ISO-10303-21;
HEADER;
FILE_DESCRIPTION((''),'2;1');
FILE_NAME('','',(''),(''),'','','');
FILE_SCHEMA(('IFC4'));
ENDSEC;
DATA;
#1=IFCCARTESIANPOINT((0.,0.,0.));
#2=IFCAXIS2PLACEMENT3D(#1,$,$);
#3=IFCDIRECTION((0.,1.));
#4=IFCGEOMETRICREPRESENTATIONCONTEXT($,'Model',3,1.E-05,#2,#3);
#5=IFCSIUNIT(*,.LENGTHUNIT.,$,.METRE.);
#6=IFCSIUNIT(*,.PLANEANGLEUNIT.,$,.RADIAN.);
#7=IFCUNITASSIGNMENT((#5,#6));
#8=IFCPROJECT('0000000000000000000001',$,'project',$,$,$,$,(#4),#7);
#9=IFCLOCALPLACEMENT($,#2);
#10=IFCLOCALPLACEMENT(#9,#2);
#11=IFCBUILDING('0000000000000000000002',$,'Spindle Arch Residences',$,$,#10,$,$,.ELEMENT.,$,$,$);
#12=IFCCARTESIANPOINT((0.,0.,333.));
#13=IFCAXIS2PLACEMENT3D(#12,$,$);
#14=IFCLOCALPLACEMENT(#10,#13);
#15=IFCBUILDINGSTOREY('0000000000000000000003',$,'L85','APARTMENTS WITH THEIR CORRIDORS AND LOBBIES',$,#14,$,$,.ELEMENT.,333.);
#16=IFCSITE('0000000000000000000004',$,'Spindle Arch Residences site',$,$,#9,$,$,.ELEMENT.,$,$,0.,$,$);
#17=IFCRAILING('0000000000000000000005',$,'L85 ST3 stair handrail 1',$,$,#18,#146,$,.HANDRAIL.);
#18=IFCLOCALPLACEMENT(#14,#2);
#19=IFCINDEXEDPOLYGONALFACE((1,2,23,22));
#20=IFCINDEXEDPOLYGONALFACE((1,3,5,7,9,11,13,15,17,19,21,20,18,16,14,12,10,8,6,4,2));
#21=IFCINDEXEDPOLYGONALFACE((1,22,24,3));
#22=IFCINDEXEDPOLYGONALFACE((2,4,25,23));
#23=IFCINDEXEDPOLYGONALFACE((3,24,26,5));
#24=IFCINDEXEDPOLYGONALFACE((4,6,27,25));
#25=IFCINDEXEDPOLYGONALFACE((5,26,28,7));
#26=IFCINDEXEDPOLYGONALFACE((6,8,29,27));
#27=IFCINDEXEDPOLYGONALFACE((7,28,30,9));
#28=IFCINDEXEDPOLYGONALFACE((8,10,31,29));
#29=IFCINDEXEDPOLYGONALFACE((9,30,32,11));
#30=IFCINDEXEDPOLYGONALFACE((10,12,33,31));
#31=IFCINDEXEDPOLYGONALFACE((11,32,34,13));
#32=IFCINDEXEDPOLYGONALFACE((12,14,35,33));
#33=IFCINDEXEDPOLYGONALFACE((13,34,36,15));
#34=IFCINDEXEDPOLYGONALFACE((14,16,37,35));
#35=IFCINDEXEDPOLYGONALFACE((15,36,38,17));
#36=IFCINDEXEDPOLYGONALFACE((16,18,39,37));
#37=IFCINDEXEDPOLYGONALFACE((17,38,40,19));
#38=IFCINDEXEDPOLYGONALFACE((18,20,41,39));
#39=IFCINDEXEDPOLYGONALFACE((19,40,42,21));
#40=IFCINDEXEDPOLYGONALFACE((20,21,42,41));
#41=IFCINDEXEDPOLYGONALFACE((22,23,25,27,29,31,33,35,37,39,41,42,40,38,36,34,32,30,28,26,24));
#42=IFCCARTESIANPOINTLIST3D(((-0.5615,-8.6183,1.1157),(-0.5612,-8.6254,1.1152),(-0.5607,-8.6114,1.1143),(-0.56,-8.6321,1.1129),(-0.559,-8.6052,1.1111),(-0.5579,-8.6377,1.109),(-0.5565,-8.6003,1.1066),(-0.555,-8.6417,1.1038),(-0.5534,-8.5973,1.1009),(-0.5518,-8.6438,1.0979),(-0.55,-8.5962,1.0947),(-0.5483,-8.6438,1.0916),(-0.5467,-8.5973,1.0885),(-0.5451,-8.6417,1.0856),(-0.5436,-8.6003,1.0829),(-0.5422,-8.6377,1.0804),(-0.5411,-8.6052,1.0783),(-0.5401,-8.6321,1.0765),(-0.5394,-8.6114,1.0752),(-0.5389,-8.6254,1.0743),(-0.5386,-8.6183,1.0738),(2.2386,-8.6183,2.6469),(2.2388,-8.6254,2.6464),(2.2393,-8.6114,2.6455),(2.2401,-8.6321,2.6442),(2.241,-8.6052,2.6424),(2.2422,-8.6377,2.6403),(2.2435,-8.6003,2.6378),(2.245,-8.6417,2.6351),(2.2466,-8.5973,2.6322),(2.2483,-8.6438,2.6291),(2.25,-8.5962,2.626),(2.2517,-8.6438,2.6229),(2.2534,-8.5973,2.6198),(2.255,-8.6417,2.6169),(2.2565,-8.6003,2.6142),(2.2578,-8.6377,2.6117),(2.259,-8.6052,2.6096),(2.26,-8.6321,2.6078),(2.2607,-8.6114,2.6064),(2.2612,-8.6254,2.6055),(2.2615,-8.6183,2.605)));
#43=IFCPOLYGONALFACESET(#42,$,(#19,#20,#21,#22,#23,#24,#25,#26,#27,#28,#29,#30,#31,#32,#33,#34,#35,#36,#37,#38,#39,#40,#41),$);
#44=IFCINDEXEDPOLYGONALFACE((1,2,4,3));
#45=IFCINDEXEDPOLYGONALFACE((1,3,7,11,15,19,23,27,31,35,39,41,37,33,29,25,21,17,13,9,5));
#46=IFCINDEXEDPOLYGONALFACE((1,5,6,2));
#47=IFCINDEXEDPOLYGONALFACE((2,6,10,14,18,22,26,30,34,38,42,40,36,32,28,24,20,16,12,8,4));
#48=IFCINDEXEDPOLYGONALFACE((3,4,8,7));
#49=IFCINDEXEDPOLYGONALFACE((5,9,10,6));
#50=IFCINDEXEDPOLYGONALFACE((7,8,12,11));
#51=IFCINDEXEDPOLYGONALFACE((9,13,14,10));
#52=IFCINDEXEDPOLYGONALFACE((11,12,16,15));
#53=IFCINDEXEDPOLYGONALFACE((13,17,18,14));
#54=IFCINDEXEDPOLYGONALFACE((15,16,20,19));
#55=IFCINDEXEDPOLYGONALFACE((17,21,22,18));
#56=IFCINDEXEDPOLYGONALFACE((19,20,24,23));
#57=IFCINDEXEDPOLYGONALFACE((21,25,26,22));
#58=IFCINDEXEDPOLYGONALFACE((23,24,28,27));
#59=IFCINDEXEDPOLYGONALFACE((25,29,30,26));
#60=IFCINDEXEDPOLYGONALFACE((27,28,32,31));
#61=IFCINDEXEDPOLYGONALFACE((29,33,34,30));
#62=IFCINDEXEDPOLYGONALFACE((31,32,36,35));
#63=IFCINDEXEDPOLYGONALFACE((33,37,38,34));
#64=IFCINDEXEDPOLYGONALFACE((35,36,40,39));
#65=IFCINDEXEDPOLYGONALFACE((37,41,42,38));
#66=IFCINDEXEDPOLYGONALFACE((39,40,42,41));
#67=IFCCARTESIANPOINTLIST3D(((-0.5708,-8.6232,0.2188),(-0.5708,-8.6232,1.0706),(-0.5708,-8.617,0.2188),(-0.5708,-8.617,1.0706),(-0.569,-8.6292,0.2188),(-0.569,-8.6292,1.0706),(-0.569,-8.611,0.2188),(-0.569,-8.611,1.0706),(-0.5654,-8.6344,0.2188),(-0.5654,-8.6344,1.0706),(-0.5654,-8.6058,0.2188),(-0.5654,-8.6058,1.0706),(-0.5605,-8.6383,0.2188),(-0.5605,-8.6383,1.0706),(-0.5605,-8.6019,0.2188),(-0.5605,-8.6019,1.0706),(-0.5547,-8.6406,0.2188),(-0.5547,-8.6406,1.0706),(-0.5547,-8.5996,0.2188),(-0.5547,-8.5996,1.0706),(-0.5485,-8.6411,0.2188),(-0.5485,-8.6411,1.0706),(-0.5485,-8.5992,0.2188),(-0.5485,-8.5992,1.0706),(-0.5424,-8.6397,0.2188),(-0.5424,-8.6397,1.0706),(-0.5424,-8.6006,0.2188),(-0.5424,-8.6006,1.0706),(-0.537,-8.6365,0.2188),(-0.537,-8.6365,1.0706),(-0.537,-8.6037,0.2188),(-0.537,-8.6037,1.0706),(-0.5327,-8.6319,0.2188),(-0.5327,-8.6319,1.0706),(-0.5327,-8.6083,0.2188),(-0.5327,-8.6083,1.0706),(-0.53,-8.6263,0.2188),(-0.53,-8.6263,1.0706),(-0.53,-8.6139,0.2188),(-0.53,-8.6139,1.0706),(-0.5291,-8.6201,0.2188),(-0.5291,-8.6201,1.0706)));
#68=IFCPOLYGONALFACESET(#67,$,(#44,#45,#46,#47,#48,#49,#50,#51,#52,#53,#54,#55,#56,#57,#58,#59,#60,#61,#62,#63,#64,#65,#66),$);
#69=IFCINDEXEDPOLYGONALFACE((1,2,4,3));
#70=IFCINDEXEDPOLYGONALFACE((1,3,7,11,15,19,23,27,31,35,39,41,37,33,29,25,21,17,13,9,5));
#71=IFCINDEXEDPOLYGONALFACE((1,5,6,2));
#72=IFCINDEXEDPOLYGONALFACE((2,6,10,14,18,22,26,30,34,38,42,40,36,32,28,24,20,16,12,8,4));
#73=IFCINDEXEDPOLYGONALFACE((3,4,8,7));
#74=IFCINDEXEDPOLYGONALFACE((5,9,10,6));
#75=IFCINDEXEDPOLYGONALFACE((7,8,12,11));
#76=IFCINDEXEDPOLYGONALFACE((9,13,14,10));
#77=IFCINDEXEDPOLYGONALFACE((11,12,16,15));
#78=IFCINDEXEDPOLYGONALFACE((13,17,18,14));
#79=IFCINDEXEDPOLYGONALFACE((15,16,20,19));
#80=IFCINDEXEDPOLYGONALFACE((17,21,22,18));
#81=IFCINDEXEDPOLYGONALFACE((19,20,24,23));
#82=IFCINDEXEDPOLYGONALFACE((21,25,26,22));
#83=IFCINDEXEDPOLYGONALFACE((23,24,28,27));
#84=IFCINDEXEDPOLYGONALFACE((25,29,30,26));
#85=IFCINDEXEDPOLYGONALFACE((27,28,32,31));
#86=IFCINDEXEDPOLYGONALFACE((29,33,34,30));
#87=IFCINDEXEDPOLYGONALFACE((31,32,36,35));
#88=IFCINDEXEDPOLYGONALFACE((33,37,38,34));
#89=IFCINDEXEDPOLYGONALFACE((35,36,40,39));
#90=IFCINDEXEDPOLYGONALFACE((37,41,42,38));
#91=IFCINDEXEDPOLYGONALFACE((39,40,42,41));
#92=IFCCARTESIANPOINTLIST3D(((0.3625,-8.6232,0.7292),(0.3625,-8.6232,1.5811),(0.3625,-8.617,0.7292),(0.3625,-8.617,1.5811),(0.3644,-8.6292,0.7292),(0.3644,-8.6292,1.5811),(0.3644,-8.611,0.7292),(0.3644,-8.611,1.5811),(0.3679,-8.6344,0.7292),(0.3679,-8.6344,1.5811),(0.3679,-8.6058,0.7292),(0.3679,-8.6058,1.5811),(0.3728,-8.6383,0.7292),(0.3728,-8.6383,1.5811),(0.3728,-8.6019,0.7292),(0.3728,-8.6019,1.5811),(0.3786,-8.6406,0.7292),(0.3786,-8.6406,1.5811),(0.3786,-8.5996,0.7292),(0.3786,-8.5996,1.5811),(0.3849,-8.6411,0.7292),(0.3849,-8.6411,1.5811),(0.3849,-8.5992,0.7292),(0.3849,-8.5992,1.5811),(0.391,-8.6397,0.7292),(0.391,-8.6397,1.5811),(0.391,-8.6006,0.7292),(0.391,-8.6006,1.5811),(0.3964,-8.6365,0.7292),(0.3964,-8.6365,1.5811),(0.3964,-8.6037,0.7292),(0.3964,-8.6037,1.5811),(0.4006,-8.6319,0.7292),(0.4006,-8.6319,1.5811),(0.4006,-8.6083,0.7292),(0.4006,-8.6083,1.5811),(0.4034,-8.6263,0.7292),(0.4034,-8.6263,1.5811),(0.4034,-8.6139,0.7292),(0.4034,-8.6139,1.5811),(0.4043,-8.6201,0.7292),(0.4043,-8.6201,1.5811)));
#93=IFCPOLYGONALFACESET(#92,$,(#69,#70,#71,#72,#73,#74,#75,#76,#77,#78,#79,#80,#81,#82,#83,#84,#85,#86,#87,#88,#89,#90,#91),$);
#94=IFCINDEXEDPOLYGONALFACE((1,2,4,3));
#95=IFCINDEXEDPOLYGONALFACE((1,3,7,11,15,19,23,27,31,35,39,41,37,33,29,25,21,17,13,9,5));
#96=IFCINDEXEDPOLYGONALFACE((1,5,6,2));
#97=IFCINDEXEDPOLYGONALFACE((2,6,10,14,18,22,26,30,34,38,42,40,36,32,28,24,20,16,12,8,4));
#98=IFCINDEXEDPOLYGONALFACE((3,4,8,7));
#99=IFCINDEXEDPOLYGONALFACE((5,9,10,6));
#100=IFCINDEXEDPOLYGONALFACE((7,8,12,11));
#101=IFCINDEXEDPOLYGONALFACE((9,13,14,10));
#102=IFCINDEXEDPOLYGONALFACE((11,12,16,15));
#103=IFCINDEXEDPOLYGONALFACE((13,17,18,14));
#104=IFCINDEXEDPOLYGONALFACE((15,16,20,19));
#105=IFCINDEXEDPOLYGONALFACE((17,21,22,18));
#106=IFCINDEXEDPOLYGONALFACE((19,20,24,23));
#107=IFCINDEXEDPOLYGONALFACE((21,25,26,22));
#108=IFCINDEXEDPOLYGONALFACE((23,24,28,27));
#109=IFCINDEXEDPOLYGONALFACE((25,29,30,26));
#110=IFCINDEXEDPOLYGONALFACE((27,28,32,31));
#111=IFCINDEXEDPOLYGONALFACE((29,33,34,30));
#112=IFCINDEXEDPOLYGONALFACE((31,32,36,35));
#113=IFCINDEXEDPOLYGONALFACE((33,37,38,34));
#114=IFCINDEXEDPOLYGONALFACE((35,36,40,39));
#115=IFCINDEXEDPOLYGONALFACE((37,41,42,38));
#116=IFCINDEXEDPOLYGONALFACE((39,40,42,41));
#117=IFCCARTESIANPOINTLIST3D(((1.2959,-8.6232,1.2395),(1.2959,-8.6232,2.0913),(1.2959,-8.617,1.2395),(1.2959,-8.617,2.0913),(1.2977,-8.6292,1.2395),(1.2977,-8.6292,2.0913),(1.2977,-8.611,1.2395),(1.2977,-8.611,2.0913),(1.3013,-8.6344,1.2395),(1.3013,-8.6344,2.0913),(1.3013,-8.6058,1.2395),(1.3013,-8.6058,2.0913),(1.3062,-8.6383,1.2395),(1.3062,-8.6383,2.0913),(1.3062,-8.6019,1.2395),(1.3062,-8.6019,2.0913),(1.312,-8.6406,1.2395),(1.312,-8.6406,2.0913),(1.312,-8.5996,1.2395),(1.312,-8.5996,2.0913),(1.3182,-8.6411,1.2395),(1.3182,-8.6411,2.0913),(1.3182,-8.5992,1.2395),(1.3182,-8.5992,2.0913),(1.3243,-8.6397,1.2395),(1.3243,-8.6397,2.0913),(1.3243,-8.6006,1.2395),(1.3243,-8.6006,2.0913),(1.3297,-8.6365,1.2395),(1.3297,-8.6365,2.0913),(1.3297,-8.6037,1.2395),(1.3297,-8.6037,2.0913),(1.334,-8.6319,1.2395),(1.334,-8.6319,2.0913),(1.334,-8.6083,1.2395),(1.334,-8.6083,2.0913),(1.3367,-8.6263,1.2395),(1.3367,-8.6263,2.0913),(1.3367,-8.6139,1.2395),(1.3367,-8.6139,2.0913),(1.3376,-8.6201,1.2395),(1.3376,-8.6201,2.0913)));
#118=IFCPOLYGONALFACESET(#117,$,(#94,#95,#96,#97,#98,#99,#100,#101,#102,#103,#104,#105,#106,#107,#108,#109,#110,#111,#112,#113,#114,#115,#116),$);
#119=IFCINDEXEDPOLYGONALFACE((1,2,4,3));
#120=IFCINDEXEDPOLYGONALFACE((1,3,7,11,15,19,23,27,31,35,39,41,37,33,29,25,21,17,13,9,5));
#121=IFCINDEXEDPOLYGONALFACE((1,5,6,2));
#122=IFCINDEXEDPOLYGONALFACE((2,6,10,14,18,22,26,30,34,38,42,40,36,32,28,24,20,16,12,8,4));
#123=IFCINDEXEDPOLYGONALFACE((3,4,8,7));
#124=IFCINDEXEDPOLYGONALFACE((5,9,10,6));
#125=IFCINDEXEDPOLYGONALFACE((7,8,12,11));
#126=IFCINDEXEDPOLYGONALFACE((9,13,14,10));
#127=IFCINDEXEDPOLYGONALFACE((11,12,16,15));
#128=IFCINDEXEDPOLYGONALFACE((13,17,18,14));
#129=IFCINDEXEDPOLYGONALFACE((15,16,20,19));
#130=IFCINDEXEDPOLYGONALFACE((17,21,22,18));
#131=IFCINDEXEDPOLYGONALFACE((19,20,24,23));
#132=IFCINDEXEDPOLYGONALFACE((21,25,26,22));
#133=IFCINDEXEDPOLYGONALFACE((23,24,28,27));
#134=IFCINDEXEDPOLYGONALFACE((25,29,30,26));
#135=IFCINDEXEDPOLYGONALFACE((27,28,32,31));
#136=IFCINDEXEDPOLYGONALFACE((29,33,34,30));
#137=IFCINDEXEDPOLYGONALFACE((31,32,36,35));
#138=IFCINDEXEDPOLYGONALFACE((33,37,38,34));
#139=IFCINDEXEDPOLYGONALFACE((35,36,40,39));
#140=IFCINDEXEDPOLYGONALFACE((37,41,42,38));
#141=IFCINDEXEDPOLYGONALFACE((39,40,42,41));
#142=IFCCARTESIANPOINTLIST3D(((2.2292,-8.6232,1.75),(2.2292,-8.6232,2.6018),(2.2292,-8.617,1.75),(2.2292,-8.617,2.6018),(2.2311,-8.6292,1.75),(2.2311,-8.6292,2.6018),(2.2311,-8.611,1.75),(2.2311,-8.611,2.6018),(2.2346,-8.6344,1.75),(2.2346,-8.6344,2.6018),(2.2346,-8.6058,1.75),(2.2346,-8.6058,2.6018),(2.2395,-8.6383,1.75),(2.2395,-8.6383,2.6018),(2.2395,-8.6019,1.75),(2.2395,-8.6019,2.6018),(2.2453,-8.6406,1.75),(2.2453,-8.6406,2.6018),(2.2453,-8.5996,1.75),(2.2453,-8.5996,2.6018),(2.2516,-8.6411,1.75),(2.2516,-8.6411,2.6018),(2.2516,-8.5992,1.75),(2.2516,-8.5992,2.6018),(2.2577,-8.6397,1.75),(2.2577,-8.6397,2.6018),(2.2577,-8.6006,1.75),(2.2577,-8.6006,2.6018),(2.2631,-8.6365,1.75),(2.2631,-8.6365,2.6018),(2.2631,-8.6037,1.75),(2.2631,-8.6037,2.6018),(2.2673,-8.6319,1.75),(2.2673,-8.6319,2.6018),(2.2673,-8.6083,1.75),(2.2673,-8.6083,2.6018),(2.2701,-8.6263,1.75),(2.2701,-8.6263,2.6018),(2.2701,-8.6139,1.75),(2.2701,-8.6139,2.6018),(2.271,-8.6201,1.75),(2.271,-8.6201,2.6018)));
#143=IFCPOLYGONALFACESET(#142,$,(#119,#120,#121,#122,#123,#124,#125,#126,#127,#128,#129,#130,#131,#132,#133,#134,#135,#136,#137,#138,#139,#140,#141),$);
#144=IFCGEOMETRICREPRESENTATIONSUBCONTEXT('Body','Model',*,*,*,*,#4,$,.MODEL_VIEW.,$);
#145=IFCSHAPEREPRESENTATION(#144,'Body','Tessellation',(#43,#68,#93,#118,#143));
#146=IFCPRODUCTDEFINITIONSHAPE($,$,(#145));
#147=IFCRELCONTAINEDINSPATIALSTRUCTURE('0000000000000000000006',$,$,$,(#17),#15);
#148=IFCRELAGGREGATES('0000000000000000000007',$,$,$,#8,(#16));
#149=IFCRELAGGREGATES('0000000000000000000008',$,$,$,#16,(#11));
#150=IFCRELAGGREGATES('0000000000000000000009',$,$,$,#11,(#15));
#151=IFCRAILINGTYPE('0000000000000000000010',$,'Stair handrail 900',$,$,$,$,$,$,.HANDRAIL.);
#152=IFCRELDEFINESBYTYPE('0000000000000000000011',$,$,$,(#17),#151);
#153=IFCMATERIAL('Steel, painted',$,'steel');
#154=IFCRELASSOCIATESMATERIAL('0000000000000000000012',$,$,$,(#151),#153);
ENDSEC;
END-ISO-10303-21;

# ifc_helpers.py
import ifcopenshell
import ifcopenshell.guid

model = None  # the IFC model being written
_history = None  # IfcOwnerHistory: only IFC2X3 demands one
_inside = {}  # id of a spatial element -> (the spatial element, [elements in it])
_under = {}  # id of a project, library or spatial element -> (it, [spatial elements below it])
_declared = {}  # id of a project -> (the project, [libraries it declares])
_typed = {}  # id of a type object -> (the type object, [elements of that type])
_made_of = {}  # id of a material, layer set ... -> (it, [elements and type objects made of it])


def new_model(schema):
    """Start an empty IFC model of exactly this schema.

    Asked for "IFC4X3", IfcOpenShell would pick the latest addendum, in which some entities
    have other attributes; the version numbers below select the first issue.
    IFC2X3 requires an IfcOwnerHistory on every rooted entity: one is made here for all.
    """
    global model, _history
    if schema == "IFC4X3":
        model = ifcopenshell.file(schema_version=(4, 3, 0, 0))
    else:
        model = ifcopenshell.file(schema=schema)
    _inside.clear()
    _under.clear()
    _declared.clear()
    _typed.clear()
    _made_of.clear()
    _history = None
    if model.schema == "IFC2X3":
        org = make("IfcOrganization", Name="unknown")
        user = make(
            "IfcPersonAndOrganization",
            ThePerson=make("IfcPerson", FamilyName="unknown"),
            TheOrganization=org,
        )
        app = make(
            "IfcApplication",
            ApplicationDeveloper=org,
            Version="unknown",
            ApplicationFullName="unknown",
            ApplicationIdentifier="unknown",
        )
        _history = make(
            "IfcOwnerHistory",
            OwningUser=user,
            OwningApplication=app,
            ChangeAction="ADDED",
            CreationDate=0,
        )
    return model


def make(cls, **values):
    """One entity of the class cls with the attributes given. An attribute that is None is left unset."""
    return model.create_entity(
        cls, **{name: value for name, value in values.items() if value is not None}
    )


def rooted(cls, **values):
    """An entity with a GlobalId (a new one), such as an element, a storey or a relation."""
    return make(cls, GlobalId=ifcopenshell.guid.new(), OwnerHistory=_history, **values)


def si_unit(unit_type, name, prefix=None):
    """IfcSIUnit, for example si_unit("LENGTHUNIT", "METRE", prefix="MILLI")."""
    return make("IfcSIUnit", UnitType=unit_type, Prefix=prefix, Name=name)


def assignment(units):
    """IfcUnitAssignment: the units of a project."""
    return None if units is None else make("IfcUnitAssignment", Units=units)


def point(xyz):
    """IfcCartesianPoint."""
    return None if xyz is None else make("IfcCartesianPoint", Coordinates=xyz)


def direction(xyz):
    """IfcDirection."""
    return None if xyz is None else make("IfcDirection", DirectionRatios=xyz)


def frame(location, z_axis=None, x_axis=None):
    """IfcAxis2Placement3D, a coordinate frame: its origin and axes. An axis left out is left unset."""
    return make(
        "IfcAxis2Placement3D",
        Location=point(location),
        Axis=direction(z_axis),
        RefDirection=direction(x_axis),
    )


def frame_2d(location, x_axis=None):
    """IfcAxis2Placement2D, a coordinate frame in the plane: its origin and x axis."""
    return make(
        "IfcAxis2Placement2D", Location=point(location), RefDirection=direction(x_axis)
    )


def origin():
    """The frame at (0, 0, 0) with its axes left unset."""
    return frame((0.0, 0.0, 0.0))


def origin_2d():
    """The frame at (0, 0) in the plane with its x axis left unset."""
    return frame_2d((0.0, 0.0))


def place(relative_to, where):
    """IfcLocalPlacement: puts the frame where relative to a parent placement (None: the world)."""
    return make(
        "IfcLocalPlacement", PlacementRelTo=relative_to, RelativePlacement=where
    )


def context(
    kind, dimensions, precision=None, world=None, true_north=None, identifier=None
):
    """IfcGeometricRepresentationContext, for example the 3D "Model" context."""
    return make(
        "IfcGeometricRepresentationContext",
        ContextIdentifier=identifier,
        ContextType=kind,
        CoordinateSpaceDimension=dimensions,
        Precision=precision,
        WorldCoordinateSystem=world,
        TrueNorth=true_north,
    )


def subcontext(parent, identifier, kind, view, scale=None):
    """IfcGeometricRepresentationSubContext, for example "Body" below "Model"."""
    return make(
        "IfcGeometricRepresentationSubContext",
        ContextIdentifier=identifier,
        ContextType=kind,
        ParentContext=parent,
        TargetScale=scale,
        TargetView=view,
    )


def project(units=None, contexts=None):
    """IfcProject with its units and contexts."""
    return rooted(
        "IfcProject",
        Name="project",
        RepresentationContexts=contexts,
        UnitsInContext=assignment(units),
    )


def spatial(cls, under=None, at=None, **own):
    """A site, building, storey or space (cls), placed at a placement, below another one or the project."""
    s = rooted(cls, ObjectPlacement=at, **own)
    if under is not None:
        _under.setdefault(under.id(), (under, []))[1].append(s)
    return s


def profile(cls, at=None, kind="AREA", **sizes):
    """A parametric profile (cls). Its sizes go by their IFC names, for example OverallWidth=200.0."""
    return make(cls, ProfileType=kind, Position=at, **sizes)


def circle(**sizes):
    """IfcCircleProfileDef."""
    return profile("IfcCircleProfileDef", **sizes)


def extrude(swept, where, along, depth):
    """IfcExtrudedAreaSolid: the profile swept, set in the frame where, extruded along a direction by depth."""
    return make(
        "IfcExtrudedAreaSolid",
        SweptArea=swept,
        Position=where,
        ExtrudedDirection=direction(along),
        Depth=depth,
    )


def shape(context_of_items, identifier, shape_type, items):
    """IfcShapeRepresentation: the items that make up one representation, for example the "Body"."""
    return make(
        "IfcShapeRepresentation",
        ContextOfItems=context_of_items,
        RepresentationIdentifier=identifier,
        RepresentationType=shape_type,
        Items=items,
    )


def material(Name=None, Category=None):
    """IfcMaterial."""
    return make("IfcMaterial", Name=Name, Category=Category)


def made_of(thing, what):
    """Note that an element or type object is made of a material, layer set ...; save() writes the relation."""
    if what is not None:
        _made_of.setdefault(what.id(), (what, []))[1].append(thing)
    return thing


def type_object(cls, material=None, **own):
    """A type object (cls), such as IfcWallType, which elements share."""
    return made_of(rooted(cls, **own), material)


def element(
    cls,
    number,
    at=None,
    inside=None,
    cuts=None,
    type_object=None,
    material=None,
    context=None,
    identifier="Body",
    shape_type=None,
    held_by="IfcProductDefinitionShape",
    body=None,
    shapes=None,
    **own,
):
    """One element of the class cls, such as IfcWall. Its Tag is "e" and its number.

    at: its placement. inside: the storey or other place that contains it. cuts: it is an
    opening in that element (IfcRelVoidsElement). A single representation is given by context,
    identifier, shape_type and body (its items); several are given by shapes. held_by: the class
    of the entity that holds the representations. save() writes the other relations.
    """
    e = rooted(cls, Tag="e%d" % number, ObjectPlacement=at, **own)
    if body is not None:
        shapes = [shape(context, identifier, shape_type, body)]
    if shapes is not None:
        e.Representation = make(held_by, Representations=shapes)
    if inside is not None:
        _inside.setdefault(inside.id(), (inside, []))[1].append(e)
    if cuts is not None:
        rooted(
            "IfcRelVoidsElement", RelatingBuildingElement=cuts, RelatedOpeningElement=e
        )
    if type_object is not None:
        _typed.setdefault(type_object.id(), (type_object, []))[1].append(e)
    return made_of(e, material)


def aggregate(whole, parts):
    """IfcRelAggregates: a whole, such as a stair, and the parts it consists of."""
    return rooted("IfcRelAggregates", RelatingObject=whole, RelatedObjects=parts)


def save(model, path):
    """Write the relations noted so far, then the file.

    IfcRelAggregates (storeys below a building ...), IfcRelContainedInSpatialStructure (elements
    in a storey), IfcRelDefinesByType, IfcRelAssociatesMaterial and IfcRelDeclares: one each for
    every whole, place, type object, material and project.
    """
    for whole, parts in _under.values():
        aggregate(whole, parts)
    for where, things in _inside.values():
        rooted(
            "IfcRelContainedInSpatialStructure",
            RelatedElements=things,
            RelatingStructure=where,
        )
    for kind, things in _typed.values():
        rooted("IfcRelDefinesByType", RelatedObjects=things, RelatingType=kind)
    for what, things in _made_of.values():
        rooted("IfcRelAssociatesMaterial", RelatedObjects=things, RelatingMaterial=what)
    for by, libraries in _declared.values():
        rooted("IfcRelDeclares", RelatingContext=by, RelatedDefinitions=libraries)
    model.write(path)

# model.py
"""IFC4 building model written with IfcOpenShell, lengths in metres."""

from ifc_helpers import new_model, si_unit, direction, frame, origin, origin_2d, place, context, subcontext, project, spatial, circle, extrude, material, type_object, element, save


model = new_model("IFC4")

# Units and contexts
model_context = context("Model", 3, precision=1e-05, world=origin(), true_north=direction((0.0, 1.0)))
body_context = subcontext(model_context, "Body", "Model", "MODEL_VIEW")
ifc_project = project(units=[si_unit("LENGTHUNIT", "METRE"), si_unit("PLANEANGLEUNIT", "RADIAN")], contexts=[model_context])

# Site, building, storey
site_placement = place(None, origin())
site = spatial("IfcSite", under=ifc_project, at=site_placement, Name="Spindle Arch Residences site", CompositionType="ELEMENT", RefElevation=0.0)
building_placement = place(site_placement, origin())
building = spatial("IfcBuilding", under=site, at=building_placement, Name="Spindle Arch Residences", CompositionType="ELEMENT")
storey_placement = place(building_placement, frame((0.0, 0.0, 333.0)))
storey = spatial("IfcBuildingStorey", under=building, at=storey_placement, Name="L85", Description="APARTMENTS WITH THEIR CORRIDORS AND LOBBIES", CompositionType="ELEMENT", Elevation=333.0)

# Railing
ifc_material_1 = material(Name="Steel, painted", Category="steel")
railing_type_1 = type_object("IfcRailingType", Name="Stair handrail 900", PredefinedType="HANDRAIL", material=ifc_material_1)
railing_1_placement = place(storey_placement, frame((-0.55, -8.6201, 0.2188)))
element("IfcRailing", 1, at=railing_1_placement, inside=storey, type_object=railing_type_1, Name="L85 ST3 stair handrail 1", PredefinedType="HANDRAIL", context=body_context, shape_type="SweptSolid", body=[
    extrude(circle(Radius=0.0239, at=origin_2d()), frame((0.0, 0.0, 0.876), z_axis=(0.877375, 0.0, 0.479806), x_axis=(0.0, 1.0, 0.0)), (0.0, 0.0, 1.0), 3.1914),
    extrude(circle(Radius=0.021, at=origin_2d()), origin(), (0.0, 0.0, 1.0), 0.8518),
    extrude(circle(Radius=0.021, at=origin_2d()), frame((0.9333, 0.0, 0.5105)), (0.0, 0.0, 1.0), 0.8518),
    extrude(circle(Radius=0.021, at=origin_2d()), frame((1.8667, 0.0, 1.0208)), (0.0, 0.0, 1.0), 0.8518),
    extrude(circle(Radius=0.021, at=origin_2d()), frame((2.8, 0.0, 1.5312)), (0.0, 0.0, 1.0), 0.8518),
])

save(model, "model.ifc")
